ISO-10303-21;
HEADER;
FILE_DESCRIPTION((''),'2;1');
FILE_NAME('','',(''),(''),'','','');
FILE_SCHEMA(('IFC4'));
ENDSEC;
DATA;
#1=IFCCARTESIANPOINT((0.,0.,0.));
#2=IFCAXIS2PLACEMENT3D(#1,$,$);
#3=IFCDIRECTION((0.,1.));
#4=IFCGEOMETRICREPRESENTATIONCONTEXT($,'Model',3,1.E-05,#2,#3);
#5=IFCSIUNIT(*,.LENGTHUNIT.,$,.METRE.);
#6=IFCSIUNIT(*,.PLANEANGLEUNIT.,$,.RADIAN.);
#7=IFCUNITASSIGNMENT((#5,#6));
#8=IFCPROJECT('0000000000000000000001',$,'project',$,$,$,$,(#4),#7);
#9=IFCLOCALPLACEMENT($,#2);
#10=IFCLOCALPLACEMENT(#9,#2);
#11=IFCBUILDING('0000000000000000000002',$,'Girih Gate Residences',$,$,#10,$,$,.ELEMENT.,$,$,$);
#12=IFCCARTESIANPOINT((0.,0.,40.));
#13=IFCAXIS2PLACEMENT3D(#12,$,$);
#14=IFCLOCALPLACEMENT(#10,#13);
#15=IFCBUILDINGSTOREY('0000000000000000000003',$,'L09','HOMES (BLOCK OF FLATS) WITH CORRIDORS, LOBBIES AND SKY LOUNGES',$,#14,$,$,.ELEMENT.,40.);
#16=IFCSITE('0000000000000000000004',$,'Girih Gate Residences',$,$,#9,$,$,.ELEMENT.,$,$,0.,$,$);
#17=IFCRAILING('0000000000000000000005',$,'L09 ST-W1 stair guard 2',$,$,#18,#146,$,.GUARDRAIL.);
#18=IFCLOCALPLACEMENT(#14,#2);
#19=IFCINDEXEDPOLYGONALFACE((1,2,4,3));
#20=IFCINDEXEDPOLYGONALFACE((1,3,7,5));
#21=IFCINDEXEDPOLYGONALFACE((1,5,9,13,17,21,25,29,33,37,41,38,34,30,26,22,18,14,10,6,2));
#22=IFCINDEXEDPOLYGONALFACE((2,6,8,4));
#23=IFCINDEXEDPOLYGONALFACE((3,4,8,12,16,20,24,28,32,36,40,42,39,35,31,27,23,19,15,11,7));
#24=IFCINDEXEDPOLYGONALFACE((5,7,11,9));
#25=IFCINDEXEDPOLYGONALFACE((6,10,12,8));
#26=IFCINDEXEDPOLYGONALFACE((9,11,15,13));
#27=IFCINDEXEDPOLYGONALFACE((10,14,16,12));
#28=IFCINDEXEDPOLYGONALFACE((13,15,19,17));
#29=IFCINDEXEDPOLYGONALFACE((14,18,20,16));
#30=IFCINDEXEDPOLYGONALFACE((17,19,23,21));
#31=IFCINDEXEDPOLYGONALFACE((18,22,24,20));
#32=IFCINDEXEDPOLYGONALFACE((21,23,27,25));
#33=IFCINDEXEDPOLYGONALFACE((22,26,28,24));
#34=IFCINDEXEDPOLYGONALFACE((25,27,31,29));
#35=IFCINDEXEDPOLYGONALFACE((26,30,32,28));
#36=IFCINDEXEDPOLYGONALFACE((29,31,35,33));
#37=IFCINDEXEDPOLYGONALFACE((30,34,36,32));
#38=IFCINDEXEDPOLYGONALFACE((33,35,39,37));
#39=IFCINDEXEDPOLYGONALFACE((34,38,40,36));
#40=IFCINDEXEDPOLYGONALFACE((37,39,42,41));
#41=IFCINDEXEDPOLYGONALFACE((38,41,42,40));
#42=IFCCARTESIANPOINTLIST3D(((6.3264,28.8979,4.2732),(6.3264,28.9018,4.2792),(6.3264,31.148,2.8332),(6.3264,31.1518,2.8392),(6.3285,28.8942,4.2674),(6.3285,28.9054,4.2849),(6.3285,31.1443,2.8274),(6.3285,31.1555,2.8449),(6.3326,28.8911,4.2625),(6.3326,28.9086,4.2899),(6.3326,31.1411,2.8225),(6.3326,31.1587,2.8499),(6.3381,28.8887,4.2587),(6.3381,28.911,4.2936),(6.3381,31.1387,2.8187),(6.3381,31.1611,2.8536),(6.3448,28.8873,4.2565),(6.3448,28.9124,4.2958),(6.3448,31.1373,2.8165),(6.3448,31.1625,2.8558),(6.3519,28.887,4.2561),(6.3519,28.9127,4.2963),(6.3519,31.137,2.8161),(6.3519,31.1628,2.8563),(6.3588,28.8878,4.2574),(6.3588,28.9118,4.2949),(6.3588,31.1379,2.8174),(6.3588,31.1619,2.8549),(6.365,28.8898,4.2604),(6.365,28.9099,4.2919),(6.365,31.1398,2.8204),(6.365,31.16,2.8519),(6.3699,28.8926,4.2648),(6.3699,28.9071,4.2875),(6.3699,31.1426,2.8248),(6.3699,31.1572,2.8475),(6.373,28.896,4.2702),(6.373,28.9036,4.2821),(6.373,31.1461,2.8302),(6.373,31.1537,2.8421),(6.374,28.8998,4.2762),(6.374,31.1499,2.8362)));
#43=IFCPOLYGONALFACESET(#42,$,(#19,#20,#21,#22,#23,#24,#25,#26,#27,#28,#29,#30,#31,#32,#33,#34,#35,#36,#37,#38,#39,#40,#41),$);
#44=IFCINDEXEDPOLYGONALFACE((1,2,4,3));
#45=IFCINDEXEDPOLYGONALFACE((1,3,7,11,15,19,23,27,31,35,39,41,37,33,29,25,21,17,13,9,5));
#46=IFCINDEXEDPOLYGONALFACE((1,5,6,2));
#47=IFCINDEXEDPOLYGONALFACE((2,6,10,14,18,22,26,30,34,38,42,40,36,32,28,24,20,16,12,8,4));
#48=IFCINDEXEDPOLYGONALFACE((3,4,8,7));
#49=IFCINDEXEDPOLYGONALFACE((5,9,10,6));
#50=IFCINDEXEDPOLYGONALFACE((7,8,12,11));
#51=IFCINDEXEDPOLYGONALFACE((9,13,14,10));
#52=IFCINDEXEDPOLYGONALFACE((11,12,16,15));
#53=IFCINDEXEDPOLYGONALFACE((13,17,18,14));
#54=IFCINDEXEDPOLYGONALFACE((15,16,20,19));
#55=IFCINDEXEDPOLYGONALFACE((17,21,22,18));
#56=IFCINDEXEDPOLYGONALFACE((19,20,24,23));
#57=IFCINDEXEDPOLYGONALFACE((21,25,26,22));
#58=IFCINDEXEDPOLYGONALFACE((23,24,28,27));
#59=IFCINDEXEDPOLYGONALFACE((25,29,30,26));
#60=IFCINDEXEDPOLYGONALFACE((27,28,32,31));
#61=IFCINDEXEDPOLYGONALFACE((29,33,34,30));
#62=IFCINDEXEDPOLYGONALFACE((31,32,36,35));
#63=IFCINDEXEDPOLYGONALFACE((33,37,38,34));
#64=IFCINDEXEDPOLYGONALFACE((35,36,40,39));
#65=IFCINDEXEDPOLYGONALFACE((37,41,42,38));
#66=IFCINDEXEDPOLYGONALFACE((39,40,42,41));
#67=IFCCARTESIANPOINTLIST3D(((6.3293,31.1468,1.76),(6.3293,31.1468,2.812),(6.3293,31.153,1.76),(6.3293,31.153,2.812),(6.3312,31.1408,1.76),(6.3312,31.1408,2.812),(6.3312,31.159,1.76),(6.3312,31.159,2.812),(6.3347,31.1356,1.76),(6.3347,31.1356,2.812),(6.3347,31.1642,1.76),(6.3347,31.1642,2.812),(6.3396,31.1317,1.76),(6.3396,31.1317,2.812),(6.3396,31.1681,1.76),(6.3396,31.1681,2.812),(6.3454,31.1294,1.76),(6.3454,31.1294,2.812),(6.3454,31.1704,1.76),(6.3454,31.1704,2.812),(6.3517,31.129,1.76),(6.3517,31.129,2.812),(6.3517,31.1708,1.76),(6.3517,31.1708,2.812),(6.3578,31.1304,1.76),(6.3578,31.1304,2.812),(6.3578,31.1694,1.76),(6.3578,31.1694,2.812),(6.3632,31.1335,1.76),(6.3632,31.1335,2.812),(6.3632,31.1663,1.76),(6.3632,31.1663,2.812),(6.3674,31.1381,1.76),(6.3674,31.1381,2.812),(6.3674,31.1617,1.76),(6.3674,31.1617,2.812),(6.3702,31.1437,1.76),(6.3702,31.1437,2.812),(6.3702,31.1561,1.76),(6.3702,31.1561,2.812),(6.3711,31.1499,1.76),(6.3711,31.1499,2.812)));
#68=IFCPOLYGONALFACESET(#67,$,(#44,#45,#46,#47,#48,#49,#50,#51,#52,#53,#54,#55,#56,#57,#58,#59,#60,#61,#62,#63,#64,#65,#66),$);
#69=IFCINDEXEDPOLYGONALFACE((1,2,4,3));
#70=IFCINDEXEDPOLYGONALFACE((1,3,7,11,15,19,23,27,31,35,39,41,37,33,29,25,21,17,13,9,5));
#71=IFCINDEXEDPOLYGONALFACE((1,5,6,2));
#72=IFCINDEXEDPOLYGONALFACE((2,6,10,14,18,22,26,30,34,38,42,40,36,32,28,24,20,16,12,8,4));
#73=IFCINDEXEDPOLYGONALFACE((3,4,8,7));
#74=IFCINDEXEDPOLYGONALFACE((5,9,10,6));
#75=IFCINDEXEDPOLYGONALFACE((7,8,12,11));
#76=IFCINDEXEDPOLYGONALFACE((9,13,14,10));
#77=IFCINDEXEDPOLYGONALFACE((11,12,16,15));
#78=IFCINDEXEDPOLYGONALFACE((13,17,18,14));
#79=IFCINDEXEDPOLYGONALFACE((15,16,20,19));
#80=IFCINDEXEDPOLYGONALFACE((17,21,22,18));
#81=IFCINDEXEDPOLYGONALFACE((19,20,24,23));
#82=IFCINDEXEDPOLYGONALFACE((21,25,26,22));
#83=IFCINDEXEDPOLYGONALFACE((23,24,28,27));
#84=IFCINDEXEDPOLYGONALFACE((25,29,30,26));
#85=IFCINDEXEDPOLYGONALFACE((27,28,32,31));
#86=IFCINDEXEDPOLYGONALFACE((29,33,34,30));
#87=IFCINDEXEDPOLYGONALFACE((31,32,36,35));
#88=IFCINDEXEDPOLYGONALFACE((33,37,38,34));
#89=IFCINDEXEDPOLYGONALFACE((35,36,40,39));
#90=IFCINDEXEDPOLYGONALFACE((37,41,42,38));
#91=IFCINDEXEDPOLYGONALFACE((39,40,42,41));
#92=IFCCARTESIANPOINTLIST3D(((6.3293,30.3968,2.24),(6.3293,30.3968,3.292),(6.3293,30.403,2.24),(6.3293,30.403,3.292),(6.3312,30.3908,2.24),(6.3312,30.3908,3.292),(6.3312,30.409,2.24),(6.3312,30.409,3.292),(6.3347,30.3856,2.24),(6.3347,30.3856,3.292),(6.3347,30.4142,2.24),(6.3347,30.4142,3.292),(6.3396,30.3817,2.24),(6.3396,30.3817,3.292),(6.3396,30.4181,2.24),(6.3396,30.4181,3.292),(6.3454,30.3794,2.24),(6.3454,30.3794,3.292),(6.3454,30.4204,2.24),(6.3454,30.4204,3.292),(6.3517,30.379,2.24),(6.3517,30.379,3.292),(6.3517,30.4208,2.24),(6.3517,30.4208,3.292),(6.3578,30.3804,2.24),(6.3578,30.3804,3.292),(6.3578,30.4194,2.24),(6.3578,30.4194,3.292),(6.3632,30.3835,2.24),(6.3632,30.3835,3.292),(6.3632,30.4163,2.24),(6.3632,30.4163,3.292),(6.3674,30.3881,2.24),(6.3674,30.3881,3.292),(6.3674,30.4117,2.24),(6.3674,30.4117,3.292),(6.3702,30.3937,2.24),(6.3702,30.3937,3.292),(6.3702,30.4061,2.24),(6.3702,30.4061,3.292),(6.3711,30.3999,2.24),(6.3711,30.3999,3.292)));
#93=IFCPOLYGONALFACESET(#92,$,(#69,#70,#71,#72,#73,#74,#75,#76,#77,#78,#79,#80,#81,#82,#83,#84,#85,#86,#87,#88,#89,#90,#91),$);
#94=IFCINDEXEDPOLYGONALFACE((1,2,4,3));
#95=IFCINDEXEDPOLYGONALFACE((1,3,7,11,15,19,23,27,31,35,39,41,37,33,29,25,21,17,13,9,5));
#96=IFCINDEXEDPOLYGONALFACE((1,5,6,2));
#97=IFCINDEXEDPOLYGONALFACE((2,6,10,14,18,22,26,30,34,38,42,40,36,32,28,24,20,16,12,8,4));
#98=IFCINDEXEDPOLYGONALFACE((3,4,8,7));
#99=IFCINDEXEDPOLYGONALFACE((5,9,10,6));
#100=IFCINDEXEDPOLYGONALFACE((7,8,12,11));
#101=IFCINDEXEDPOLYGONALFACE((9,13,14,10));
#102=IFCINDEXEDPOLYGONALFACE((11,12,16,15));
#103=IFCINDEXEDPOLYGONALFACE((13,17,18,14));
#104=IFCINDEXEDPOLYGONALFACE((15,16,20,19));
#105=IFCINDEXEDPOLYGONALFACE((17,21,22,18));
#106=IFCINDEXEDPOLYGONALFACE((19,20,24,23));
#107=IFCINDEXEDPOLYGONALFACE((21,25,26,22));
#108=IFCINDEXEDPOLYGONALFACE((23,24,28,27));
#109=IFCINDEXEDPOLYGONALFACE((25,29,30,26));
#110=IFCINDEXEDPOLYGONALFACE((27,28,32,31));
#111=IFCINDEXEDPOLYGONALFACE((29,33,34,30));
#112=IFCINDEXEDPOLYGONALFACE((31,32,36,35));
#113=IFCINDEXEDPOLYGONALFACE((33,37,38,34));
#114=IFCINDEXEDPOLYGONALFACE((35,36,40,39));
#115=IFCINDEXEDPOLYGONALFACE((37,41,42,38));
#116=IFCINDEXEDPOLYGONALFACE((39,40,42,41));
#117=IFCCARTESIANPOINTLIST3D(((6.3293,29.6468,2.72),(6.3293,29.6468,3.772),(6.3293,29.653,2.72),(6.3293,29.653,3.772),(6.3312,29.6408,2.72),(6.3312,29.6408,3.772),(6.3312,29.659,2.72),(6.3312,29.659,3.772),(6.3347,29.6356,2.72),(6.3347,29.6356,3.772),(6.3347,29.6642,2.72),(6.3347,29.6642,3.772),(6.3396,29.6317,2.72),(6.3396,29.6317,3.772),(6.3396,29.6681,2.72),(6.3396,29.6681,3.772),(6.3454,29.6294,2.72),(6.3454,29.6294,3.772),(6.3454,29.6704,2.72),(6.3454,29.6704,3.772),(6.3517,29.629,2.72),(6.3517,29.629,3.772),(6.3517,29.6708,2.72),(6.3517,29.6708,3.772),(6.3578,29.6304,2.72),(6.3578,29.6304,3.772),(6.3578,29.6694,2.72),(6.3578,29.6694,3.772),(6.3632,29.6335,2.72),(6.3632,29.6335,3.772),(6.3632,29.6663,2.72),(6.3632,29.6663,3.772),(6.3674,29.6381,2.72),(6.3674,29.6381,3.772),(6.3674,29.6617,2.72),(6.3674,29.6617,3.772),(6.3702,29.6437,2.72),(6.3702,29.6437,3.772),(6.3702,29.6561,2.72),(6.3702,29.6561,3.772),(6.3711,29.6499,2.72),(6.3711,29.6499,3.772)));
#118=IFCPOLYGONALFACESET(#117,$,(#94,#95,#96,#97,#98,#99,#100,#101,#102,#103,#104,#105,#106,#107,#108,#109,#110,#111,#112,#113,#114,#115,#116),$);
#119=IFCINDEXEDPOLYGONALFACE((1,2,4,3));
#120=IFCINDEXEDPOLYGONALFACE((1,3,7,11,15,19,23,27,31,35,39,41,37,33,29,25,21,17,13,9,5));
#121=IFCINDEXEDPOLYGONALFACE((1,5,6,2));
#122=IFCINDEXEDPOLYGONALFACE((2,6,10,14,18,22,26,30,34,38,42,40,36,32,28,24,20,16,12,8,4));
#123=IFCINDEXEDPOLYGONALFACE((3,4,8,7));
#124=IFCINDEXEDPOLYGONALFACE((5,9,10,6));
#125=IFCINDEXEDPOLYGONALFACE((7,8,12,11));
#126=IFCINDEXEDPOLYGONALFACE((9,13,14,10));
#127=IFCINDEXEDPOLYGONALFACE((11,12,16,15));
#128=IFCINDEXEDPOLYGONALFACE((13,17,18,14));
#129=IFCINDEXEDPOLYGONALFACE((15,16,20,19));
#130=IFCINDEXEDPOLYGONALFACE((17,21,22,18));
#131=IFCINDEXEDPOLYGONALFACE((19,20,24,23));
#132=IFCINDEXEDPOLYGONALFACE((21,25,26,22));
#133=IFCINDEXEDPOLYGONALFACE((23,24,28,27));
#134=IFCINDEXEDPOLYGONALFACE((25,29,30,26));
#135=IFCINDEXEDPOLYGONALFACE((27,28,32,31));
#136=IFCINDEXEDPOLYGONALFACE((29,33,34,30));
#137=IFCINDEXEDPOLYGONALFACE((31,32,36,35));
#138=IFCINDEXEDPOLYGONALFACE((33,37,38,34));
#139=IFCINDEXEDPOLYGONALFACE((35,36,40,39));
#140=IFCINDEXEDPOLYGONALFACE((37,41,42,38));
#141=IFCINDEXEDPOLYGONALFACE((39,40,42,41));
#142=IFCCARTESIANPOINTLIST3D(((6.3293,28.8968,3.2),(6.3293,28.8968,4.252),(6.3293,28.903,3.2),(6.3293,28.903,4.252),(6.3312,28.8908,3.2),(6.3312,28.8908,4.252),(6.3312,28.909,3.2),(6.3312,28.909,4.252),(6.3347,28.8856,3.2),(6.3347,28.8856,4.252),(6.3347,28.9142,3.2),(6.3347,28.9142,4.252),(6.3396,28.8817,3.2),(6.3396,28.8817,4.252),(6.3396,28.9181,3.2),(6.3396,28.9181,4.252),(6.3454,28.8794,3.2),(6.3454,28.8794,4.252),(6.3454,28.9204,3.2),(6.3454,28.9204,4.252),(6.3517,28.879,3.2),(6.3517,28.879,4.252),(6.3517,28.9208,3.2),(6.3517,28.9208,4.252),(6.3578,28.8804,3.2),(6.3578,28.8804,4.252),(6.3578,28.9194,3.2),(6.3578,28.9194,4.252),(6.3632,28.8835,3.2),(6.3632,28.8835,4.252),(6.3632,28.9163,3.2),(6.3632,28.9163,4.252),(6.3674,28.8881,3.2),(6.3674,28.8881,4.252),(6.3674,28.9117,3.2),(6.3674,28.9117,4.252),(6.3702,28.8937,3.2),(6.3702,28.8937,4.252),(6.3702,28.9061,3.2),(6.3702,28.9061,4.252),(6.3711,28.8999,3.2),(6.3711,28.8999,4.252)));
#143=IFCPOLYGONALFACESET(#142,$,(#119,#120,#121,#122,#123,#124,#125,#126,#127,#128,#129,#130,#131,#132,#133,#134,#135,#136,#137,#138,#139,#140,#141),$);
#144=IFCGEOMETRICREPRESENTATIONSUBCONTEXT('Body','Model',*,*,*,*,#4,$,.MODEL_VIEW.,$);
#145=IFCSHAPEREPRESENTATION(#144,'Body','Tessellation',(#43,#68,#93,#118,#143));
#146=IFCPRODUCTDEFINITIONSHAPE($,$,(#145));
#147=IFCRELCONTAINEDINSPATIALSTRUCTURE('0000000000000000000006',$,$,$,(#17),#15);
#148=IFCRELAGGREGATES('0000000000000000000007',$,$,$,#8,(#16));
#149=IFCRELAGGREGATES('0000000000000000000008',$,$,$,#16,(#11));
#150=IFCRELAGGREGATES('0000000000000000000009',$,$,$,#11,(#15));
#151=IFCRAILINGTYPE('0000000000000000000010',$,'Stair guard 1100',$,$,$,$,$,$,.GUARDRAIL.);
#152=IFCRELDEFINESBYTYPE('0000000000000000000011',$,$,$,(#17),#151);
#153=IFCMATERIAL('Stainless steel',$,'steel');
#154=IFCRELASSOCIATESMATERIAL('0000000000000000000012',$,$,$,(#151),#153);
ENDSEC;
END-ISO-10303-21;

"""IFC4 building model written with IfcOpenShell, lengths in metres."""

from ifc_helpers import new_model, si_unit, direction, frame, origin, origin_2d, place, context, subcontext, project, spatial, circle, extrude, material, type_object, element, save


model = new_model("IFC4")

# Units and contexts
model_context = context("Model", 3, precision=1e-05, world=origin(), true_north=direction((0.0, 1.0)))
body_context = subcontext(model_context, "Body", "Model", "MODEL_VIEW")
ifc_project = project(units=[si_unit("LENGTHUNIT", "METRE"), si_unit("PLANEANGLEUNIT", "RADIAN")], contexts=[model_context])

# Site, building, storey
site_placement = place(None, origin())
site = spatial("IfcSite", under=ifc_project, at=site_placement, Name="Girih Gate Residences", CompositionType="ELEMENT", RefElevation=0.0)
building_placement = place(site_placement, origin())
building = spatial("IfcBuilding", under=site, at=building_placement, Name="Girih Gate Residences", CompositionType="ELEMENT")
storey_placement = place(building_placement, frame((0.0, 0.0, 40.0)))
storey = spatial("IfcBuildingStorey", under=building, at=storey_placement, Name="L09", Description="HOMES (BLOCK OF FLATS) WITH CORRIDORS, LOBBIES AND SKY LOUNGES", CompositionType="ELEMENT", Elevation=40.0)

# Shared definitions
ifc_material_1 = material(Name="Stainless steel", Category="steel")

# Railing
railing_type = type_object("IfcRailingType", Name="Stair guard 1100", PredefinedType="GUARDRAIL", material=ifc_material_1)
railing_placement = place(storey_placement, frame((6.3501, 31.1499, 1.76)))
element("IfcRailing", 1, at=railing_placement, inside=storey, type_object=railing_type, Name="L09 ST-W1 stair guard 2", PredefinedType="GUARDRAIL", context=body_context, shape_type="SweptSolid", body=[
    extrude(circle(Radius=0.0239, at=origin_2d()), frame((0.0, 0.0, 1.0762), z_axis=(0.0, -0.842281, 0.539038), x_axis=(1.0, 0.0, 0.0)), (0.0, 0.0, 1.0), 2.6714),
    extrude(circle(Radius=0.021, at=origin_2d()), origin(), (0.0, 0.0, 1.0), 1.052),
    extrude(circle(Radius=0.021, at=origin_2d()), frame((0.0, -0.75, 0.48)), (0.0, 0.0, 1.0), 1.052),
    extrude(circle(Radius=0.021, at=origin_2d()), frame((0.0, -1.5, 0.96)), (0.0, 0.0, 1.0), 1.052),
    extrude(circle(Radius=0.021, at=origin_2d()), frame((0.0, -2.25, 1.4399)), (0.0, 0.0, 1.0), 1.052),
])

save(model, "model.ifc")
